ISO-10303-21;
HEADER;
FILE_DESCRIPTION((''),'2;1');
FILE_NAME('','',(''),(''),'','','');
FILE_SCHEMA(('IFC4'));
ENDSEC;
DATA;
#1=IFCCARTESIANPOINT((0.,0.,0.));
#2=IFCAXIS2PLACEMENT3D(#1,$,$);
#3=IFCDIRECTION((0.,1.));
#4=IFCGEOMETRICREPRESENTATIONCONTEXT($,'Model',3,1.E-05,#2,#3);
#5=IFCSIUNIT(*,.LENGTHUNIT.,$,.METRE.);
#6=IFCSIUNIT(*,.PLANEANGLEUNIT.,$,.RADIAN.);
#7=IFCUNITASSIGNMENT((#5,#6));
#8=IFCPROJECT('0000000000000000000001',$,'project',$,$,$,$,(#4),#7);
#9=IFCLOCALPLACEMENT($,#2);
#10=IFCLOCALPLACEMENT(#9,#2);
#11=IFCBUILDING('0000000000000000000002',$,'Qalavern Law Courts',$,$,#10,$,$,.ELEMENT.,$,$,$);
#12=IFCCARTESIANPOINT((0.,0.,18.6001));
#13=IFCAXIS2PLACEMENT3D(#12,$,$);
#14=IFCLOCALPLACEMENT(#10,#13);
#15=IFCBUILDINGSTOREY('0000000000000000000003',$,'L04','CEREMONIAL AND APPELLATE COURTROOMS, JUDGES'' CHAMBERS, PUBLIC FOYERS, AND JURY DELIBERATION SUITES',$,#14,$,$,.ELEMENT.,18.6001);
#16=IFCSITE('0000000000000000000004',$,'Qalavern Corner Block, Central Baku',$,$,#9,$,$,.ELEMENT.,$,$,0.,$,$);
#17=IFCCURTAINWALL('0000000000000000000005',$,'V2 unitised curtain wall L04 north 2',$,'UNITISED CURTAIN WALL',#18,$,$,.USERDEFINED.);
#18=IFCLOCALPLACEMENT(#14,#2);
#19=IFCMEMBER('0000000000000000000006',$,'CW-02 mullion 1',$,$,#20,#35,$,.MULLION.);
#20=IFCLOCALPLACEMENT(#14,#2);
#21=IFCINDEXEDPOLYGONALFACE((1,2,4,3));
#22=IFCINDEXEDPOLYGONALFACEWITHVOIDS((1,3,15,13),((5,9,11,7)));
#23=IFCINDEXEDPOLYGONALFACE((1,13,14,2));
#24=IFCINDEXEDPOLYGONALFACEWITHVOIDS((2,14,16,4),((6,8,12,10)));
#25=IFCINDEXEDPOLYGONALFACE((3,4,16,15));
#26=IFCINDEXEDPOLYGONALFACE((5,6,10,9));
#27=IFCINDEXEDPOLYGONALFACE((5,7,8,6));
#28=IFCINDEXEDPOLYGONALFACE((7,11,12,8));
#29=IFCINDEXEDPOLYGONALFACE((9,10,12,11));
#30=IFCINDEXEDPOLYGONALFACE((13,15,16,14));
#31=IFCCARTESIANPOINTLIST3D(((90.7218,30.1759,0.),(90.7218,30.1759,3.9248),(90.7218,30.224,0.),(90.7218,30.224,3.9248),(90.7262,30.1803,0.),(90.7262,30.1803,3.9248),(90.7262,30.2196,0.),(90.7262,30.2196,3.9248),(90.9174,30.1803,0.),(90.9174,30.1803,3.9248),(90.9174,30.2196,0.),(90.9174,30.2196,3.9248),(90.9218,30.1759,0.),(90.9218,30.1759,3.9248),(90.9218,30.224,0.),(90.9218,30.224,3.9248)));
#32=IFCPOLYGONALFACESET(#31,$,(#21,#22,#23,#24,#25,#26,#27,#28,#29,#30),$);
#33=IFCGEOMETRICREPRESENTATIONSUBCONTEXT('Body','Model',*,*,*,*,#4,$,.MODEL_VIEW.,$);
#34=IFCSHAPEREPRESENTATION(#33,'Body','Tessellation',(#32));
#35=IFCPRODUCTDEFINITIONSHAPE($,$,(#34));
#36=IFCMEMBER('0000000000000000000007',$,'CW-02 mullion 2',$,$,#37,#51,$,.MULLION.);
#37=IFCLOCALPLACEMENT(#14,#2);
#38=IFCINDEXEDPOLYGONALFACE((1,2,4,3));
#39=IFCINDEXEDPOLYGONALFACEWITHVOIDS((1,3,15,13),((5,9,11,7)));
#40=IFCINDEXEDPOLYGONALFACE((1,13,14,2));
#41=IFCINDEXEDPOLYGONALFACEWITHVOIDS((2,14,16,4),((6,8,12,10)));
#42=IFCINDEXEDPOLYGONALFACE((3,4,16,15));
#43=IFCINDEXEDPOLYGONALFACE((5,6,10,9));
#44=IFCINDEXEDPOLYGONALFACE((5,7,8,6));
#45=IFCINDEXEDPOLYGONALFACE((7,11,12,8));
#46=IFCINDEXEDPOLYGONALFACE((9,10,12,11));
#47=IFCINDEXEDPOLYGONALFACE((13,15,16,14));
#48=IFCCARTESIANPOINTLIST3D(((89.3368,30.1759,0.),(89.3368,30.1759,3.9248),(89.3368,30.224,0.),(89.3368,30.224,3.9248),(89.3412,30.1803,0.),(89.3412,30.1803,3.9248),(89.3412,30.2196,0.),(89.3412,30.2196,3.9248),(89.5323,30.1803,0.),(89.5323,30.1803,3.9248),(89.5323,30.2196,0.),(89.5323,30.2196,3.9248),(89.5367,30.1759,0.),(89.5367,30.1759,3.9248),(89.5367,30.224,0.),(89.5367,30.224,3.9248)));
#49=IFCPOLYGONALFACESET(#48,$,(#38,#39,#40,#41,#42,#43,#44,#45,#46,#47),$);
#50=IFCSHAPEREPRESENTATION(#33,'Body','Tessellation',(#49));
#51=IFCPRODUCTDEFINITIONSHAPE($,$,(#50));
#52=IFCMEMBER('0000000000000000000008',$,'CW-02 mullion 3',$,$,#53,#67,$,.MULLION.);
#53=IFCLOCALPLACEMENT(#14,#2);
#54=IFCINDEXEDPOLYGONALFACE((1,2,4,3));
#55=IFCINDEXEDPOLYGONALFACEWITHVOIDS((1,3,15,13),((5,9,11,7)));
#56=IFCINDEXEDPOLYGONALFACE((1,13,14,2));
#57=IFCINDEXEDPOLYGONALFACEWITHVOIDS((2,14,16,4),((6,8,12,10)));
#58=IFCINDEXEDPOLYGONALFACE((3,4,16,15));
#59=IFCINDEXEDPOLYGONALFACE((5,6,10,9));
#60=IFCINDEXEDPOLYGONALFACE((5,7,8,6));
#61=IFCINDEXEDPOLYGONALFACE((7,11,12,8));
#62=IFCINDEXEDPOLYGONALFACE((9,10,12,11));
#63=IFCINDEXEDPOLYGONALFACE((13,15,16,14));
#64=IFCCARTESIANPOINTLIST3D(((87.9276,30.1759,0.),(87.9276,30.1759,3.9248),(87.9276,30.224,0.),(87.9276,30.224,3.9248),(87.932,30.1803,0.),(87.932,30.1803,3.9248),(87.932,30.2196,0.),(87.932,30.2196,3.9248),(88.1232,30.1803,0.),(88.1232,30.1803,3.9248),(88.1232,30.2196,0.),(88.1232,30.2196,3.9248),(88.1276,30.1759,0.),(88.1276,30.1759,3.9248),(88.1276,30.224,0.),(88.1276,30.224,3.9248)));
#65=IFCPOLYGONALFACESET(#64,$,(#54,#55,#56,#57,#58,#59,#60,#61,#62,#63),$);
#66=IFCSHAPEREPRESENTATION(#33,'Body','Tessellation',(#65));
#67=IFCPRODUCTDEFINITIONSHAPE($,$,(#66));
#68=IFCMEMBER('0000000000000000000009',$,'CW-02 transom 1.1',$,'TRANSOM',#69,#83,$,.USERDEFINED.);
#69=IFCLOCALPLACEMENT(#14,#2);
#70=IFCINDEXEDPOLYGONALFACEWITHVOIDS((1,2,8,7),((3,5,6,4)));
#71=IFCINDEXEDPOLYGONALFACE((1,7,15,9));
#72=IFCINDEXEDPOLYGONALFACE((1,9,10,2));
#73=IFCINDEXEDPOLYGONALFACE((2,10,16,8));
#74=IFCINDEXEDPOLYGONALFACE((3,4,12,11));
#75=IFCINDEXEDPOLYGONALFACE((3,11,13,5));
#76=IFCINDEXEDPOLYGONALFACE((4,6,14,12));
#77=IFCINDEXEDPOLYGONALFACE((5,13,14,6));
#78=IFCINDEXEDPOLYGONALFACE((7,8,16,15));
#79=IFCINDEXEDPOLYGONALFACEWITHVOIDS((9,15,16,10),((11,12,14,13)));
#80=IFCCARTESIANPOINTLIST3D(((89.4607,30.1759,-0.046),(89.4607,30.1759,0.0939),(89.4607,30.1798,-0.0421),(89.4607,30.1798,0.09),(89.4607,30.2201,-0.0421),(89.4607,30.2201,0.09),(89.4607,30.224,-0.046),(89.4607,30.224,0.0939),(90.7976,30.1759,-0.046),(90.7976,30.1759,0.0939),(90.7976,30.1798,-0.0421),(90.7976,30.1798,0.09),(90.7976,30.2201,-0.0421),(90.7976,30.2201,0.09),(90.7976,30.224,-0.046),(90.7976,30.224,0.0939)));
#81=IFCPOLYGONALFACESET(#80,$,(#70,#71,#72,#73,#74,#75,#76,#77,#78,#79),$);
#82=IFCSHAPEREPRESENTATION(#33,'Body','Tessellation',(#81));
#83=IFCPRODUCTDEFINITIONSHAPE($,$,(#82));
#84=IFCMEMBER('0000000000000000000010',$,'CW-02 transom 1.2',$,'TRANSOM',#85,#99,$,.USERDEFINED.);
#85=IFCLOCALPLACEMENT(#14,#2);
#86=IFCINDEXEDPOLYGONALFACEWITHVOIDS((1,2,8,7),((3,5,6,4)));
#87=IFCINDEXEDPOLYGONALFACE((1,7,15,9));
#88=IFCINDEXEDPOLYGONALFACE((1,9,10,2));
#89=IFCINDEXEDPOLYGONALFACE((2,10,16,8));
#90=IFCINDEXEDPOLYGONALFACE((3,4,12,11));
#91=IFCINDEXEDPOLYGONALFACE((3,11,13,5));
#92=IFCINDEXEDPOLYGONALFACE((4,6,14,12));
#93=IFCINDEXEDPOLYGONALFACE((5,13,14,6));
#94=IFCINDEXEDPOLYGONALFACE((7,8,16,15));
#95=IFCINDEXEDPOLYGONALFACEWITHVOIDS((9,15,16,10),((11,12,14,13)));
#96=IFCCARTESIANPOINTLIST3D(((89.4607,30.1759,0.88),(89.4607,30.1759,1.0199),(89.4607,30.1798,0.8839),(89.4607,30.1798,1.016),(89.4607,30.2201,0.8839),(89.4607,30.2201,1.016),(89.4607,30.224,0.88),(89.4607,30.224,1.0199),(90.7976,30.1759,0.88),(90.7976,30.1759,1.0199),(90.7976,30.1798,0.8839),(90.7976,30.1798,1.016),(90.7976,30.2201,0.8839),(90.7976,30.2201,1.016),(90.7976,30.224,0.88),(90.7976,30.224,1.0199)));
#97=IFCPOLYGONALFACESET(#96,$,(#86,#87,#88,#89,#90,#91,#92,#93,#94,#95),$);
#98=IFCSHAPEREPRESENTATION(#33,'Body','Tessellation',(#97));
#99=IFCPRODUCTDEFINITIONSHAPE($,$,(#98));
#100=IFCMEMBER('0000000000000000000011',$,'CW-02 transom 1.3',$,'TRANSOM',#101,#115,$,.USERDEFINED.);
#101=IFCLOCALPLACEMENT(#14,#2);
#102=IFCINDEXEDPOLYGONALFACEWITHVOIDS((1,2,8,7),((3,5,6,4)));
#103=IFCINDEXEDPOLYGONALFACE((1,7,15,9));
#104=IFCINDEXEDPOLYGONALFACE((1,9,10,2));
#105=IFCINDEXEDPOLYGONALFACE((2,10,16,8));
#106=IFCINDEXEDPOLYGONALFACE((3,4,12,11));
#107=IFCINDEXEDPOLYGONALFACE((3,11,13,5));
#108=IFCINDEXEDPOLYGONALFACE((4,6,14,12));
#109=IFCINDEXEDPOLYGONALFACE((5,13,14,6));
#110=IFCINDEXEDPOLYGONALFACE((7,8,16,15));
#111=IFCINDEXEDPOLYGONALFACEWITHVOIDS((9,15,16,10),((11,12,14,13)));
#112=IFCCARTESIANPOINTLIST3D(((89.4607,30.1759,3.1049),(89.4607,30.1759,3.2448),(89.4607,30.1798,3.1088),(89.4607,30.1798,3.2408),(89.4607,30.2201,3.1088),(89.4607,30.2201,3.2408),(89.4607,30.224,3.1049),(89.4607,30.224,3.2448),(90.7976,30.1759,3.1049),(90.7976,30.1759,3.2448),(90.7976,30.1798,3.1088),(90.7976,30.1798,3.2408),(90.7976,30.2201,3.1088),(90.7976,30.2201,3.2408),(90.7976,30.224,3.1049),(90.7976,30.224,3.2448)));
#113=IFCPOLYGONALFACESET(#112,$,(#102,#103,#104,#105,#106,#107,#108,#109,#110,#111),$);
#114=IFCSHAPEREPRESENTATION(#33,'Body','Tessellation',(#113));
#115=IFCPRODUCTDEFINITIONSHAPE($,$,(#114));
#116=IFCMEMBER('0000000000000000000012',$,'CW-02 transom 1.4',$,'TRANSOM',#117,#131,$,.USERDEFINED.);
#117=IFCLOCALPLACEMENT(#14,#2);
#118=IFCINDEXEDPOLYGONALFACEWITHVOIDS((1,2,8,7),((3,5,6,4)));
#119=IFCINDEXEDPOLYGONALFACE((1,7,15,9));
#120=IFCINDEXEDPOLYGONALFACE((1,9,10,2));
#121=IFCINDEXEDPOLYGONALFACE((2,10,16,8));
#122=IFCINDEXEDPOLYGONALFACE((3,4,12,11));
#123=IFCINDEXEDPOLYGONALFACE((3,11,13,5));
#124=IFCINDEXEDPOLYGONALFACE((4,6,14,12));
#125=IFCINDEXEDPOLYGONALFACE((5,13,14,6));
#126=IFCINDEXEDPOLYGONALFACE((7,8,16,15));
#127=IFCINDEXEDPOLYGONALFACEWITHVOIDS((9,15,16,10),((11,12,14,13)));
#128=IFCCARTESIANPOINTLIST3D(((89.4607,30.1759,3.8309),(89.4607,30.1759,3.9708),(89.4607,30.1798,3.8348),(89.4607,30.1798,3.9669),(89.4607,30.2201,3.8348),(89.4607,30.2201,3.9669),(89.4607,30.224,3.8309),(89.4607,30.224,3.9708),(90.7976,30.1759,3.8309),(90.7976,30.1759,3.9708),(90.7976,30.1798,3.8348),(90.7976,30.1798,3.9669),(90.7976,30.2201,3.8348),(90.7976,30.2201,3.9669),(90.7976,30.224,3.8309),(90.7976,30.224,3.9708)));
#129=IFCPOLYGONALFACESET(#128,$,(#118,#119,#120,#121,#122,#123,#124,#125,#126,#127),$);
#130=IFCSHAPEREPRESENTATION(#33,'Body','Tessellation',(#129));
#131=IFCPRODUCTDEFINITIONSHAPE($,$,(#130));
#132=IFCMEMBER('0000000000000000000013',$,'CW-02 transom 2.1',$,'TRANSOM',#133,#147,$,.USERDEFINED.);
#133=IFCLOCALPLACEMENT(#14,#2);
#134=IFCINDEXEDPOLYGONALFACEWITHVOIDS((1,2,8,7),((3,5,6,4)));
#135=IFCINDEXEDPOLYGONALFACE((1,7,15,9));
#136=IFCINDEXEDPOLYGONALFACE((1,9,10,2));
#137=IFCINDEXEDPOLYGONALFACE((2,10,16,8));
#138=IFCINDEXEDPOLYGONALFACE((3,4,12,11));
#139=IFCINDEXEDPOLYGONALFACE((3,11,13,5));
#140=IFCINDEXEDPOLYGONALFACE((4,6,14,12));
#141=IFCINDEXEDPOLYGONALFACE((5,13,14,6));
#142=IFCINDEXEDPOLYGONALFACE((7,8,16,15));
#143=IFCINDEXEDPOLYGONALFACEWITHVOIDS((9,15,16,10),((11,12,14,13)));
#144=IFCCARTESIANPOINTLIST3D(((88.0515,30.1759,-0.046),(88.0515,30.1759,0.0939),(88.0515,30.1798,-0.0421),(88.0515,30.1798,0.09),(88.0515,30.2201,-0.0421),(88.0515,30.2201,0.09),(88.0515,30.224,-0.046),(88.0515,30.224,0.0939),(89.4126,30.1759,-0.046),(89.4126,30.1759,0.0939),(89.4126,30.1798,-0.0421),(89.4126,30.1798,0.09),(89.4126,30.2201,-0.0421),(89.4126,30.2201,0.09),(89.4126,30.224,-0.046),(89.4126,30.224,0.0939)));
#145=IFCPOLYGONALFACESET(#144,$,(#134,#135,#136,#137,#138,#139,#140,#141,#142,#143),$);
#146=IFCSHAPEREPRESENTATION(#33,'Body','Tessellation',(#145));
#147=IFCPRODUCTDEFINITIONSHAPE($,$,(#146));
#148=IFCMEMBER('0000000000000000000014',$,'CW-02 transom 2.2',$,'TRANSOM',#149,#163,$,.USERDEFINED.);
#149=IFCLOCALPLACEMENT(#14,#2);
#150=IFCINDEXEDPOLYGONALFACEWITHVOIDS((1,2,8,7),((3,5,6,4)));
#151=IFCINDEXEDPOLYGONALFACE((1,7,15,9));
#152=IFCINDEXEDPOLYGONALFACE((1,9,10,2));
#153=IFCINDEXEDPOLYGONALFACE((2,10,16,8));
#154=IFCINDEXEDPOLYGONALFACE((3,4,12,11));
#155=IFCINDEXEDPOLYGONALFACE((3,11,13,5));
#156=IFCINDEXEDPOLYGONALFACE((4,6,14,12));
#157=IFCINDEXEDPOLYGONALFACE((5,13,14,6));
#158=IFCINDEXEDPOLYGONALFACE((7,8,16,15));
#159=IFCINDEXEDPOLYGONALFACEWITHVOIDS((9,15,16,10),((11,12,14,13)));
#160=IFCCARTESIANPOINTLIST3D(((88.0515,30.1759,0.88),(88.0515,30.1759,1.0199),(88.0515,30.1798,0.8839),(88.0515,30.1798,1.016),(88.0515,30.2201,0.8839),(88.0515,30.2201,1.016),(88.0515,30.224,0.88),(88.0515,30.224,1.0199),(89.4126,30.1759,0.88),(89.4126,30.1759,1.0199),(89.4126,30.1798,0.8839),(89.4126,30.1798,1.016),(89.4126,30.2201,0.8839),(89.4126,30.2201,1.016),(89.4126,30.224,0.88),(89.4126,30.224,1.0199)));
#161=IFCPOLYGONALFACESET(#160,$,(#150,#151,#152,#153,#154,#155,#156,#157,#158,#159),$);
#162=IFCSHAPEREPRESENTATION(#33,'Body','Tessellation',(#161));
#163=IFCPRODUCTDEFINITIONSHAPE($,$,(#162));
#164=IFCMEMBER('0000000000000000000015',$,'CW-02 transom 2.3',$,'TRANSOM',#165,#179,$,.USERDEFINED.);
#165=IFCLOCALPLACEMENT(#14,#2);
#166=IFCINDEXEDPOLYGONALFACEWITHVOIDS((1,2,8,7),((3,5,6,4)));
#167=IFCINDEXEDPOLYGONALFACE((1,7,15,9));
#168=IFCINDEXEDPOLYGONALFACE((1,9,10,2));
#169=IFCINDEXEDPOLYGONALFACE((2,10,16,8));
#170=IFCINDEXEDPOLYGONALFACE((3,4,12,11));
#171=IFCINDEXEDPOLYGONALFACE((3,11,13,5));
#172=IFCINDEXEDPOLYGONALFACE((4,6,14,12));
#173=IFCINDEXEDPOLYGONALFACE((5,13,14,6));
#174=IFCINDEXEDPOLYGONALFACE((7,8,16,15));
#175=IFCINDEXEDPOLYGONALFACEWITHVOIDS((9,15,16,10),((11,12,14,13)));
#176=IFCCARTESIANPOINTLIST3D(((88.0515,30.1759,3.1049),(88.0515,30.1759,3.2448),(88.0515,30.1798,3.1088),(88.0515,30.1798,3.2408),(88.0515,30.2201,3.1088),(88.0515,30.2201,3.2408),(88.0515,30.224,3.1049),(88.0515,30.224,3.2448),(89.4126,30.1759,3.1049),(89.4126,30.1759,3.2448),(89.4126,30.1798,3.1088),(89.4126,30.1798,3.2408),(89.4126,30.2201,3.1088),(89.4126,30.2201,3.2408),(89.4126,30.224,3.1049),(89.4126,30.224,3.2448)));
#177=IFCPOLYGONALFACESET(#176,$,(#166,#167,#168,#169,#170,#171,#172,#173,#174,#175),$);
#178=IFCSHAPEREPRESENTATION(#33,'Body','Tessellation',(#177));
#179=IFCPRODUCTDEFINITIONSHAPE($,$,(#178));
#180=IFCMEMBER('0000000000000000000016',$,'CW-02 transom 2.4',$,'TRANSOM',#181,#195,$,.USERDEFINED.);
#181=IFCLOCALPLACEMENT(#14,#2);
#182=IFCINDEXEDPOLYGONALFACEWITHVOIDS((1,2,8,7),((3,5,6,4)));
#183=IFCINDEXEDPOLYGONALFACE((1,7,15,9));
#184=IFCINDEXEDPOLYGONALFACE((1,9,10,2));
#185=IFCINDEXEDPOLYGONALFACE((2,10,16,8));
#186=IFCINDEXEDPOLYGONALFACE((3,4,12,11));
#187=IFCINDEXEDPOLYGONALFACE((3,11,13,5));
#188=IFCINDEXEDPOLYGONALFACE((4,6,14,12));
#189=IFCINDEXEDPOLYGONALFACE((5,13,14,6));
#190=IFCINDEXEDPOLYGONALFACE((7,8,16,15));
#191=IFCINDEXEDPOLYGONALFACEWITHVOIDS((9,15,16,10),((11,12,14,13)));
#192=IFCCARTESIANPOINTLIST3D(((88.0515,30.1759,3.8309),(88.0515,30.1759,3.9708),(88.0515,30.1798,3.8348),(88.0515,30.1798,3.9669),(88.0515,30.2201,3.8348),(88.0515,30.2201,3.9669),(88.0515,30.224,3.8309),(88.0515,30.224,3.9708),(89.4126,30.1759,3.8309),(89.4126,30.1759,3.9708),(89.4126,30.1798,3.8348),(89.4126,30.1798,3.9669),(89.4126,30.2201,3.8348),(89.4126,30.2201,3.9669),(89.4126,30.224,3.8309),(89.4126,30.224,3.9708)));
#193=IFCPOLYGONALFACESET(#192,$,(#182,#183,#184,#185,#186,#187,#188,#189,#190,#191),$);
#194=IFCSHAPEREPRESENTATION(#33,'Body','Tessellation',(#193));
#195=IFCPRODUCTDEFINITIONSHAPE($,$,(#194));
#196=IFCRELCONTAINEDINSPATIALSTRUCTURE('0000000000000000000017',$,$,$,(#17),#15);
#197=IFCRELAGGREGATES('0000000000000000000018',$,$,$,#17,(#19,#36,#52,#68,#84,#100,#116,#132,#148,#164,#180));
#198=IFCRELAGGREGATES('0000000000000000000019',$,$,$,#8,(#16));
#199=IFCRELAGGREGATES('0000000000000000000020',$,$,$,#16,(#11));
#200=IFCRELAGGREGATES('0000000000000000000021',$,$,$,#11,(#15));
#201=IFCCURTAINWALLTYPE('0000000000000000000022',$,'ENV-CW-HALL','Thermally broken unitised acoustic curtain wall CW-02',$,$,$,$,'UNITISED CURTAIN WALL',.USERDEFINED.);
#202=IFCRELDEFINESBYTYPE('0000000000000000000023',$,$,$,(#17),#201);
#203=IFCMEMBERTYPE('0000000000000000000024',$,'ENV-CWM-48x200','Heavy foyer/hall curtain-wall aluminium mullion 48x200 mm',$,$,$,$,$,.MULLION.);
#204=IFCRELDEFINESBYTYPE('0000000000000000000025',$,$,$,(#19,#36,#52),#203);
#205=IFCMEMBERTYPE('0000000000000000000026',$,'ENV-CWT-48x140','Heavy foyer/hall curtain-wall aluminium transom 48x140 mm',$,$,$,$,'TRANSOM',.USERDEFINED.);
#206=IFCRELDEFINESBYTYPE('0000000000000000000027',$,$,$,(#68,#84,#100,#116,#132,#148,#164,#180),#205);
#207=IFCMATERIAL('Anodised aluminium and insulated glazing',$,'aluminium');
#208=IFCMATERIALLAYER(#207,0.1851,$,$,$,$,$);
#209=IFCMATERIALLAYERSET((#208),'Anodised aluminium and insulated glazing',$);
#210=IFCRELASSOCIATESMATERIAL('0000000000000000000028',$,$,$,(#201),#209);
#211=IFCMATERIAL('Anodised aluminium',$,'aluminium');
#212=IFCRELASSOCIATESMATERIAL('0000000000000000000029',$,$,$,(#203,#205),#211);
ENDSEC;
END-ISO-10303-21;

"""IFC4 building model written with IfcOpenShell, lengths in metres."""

from ifc_helpers import new_model, si_unit, direction, frame, origin, origin_2d, place, context, subcontext, project, spatial, hollow_rectangle, extrude, material, layer, layer_set, material_profile, profile_set, type_object, element, aggregate, save


model = new_model("IFC4")

# Units and contexts
model_context = context("Model", 3, precision=1e-05, world=origin(), true_north=direction((0.0, 1.0)))
body_context = subcontext(model_context, "Body", "Model", "MODEL_VIEW")
ifc_project = project(units=[si_unit("LENGTHUNIT", "METRE"), si_unit("PLANEANGLEUNIT", "RADIAN")], contexts=[model_context])

# Site, building, storey
site_placement = place(None, origin())
site = spatial("IfcSite", under=ifc_project, at=site_placement, Name="Qalavern Corner Block, Central Baku", CompositionType="ELEMENT", RefElevation=0.0)
building_placement = place(site_placement, origin())
building = spatial("IfcBuilding", under=site, at=building_placement, Name="Qalavern Law Courts", CompositionType="ELEMENT")
storey_placement = place(building_placement, frame((0.0, 0.0, 18.6001)))
storey = spatial("IfcBuildingStorey", under=building, at=storey_placement, Name="L04", Description="CEREMONIAL AND APPELLATE COURTROOMS, JUDGES' CHAMBERS, PUBLIC FOYERS, AND JURY DELIBERATION SUITES", CompositionType="ELEMENT", Elevation=18.6001)

# Curtain wall, members
ifc_material_1 = material(Name="Anodised aluminium and insulated glazing", Category="aluminium")
ifc_layer_1 = layer(ifc_material_1, 0.1851)
ifc_layer_set_1 = layer_set([ifc_layer_1], Name="Anodised aluminium and insulated glazing")
curtain_wall_type = type_object("IfcCurtainWallType", Name="ENV-CW-HALL", Description="Thermally broken unitised acoustic curtain wall CW-02", ElementType="UNITISED CURTAIN WALL", PredefinedType="USERDEFINED", material=ifc_layer_set_1)
curtain_wall_placement = place(storey_placement, origin())
curtain_wall = element("IfcCurtainWall", 1, at=curtain_wall_placement, inside=storey, type_object=curtain_wall_type, Name="V2 unitised curtain wall L04 north 2", ObjectType="UNITISED CURTAIN WALL", PredefinedType="USERDEFINED")
ifc_material_2 = material(Name="Anodised aluminium", Category="aluminium")
ifc_material_profile_1 = material_profile(ifc_material_2, hollow_rectangle(XDim=0.0481, YDim=0.2, WallThickness=0.0044, at=origin_2d()), Name="ALU MULLION 48x200")
ifc_profile_set_1 = profile_set([ifc_material_profile_1], Name="Anodised aluminium")
member_type_1 = type_object("IfcMemberType", Name="ENV-CWM-48x200", Description="Heavy foyer/hall curtain-wall aluminium mullion 48x200 mm", PredefinedType="MULLION", material=ifc_profile_set_1)
member_1_placement = place(storey_placement, frame((90.8218, 30.2, 0.0), z_axis=(0.0, 0.0, 1.0), x_axis=(0.0, -1.0, 0.0)))
member_1 = element("IfcMember", 2, at=member_1_placement, type_object=member_type_1, Name="CW-02 mullion 1", PredefinedType="MULLION", context=body_context, shape_type="SweptSolid", body=[
    extrude(hollow_rectangle(XDim=0.0481, YDim=0.2, WallThickness=0.0044, at=origin_2d()), origin(), (0.0, 0.0, 1.0), 3.9248),
])
member_2_placement = place(storey_placement, frame((89.4368, 30.2, 0.0), z_axis=(0.0, 0.0, 1.0), x_axis=(0.0, -1.0, 0.0)))
member_2 = element("IfcMember", 3, at=member_2_placement, type_object=member_type_1, Name="CW-02 mullion 2", PredefinedType="MULLION", context=body_context, shape_type="SweptSolid", body=[
    extrude(hollow_rectangle(XDim=0.0481, YDim=0.2, WallThickness=0.0044, at=origin_2d()), origin(), (0.0, 0.0, 1.0), 3.9248),
])
member_3_placement = place(storey_placement, frame((88.0276, 30.2, 0.0), z_axis=(0.0, 0.0, 1.0), x_axis=(0.0, -1.0, 0.0)))
member_3 = element("IfcMember", 4, at=member_3_placement, type_object=member_type_1, Name="CW-02 mullion 3", PredefinedType="MULLION", context=body_context, shape_type="SweptSolid", body=[
    extrude(hollow_rectangle(XDim=0.0481, YDim=0.2, WallThickness=0.0044, at=origin_2d()), origin(), (0.0, 0.0, 1.0), 3.9248),
])
ifc_material_profile_2 = material_profile(ifc_material_2, hollow_rectangle(XDim=0.0481, YDim=0.1399, WallThickness=0.0039, at=origin_2d()), Name="ALU TRANSOM 48x140")
ifc_profile_set_2 = profile_set([ifc_material_profile_2], Name="Anodised aluminium")
member_type_2 = type_object("IfcMemberType", Name="ENV-CWT-48x140", Description="Heavy foyer/hall curtain-wall aluminium transom 48x140 mm", ElementType="TRANSOM", PredefinedType="USERDEFINED", material=ifc_profile_set_2)
member_4_placement = place(storey_placement, frame((90.7976, 30.2, 0.0239), z_axis=(-1.0, 0.0, 0.0), x_axis=(0.0, -1.0, 0.0)))
member_4 = element("IfcMember", 5, at=member_4_placement, type_object=member_type_2, Name="CW-02 transom 1.1", ObjectType="TRANSOM", PredefinedType="USERDEFINED", context=body_context, shape_type="SweptSolid", body=[
    extrude(hollow_rectangle(XDim=0.0481, YDim=0.1399, WallThickness=0.0039, at=origin_2d()), origin(), (0.0, 0.0, 1.0), 1.3369),
])
member_5_placement = place(storey_placement, frame((90.7976, 30.2, 0.95), z_axis=(-1.0, 0.0, 0.0), x_axis=(0.0, -1.0, 0.0)))
member_5 = element("IfcMember", 6, at=member_5_placement, type_object=member_type_2, Name="CW-02 transom 1.2", ObjectType="TRANSOM", PredefinedType="USERDEFINED", context=body_context, shape_type="SweptSolid", body=[
    extrude(hollow_rectangle(XDim=0.0481, YDim=0.1399, WallThickness=0.0039, at=origin_2d()), origin(), (0.0, 0.0, 1.0), 1.3369),
])
member_6_placement = place(storey_placement, frame((90.7976, 30.2, 3.1748), z_axis=(-1.0, 0.0, 0.0), x_axis=(0.0, -1.0, 0.0)))
member_6 = element("IfcMember", 7, at=member_6_placement, type_object=member_type_2, Name="CW-02 transom 1.3", ObjectType="TRANSOM", PredefinedType="USERDEFINED", context=body_context, shape_type="SweptSolid", body=[
    extrude(hollow_rectangle(XDim=0.0481, YDim=0.1399, WallThickness=0.0039, at=origin_2d()), origin(), (0.0, 0.0, 1.0), 1.3369),
])
member_7_placement = place(storey_placement, frame((90.7976, 30.2, 3.9009), z_axis=(-1.0, 0.0, 0.0), x_axis=(0.0, -1.0, 0.0)))
member_7 = element("IfcMember", 8, at=member_7_placement, type_object=member_type_2, Name="CW-02 transom 1.4", ObjectType="TRANSOM", PredefinedType="USERDEFINED", context=body_context, shape_type="SweptSolid", body=[
    extrude(hollow_rectangle(XDim=0.0481, YDim=0.1399, WallThickness=0.0039, at=origin_2d()), origin(), (0.0, 0.0, 1.0), 1.3369),
])
member_8_placement = place(storey_placement, frame((89.4126, 30.2, 0.0239), z_axis=(-1.0, 0.0, 0.0), x_axis=(0.0, -1.0, 0.0)))
member_8 = element("IfcMember", 9, at=member_8_placement, type_object=member_type_2, Name="CW-02 transom 2.1", ObjectType="TRANSOM", PredefinedType="USERDEFINED", context=body_context, shape_type="SweptSolid", body=[
    extrude(hollow_rectangle(XDim=0.0481, YDim=0.1399, WallThickness=0.0039, at=origin_2d()), origin(), (0.0, 0.0, 1.0), 1.3611),
])
member_9_placement = place(storey_placement, frame((89.4126, 30.2, 0.95), z_axis=(-1.0, 0.0, 0.0), x_axis=(0.0, -1.0, 0.0)))
member_9 = element("IfcMember", 10, at=member_9_placement, type_object=member_type_2, Name="CW-02 transom 2.2", ObjectType="TRANSOM", PredefinedType="USERDEFINED", context=body_context, shape_type="SweptSolid", body=[
    extrude(hollow_rectangle(XDim=0.0481, YDim=0.1399, WallThickness=0.0039, at=origin_2d()), origin(), (0.0, 0.0, 1.0), 1.3611),
])
member_10_placement = place(storey_placement, frame((89.4126, 30.2, 3.1748), z_axis=(-1.0, 0.0, 0.0), x_axis=(0.0, -1.0, 0.0)))
member_10 = element("IfcMember", 11, at=member_10_placement, type_object=member_type_2, Name="CW-02 transom 2.3", ObjectType="TRANSOM", PredefinedType="USERDEFINED", context=body_context, shape_type="SweptSolid", body=[
    extrude(hollow_rectangle(XDim=0.0481, YDim=0.1399, WallThickness=0.0039, at=origin_2d()), origin(), (0.0, 0.0, 1.0), 1.3611),
])
member_11_placement = place(storey_placement, frame((89.4126, 30.2, 3.9009), z_axis=(-1.0, 0.0, 0.0), x_axis=(0.0, -1.0, 0.0)))
member_11 = element("IfcMember", 12, at=member_11_placement, type_object=member_type_2, Name="CW-02 transom 2.4", ObjectType="TRANSOM", PredefinedType="USERDEFINED", context=body_context, shape_type="SweptSolid", body=[
    extrude(hollow_rectangle(XDim=0.0481, YDim=0.1399, WallThickness=0.0039, at=origin_2d()), origin(), (0.0, 0.0, 1.0), 1.3611),
])

aggregate(curtain_wall, [member_1, member_2, member_3, member_4, member_5, member_6, member_7, member_8, member_9, member_10, member_11])

save(model, "model.ifc")
